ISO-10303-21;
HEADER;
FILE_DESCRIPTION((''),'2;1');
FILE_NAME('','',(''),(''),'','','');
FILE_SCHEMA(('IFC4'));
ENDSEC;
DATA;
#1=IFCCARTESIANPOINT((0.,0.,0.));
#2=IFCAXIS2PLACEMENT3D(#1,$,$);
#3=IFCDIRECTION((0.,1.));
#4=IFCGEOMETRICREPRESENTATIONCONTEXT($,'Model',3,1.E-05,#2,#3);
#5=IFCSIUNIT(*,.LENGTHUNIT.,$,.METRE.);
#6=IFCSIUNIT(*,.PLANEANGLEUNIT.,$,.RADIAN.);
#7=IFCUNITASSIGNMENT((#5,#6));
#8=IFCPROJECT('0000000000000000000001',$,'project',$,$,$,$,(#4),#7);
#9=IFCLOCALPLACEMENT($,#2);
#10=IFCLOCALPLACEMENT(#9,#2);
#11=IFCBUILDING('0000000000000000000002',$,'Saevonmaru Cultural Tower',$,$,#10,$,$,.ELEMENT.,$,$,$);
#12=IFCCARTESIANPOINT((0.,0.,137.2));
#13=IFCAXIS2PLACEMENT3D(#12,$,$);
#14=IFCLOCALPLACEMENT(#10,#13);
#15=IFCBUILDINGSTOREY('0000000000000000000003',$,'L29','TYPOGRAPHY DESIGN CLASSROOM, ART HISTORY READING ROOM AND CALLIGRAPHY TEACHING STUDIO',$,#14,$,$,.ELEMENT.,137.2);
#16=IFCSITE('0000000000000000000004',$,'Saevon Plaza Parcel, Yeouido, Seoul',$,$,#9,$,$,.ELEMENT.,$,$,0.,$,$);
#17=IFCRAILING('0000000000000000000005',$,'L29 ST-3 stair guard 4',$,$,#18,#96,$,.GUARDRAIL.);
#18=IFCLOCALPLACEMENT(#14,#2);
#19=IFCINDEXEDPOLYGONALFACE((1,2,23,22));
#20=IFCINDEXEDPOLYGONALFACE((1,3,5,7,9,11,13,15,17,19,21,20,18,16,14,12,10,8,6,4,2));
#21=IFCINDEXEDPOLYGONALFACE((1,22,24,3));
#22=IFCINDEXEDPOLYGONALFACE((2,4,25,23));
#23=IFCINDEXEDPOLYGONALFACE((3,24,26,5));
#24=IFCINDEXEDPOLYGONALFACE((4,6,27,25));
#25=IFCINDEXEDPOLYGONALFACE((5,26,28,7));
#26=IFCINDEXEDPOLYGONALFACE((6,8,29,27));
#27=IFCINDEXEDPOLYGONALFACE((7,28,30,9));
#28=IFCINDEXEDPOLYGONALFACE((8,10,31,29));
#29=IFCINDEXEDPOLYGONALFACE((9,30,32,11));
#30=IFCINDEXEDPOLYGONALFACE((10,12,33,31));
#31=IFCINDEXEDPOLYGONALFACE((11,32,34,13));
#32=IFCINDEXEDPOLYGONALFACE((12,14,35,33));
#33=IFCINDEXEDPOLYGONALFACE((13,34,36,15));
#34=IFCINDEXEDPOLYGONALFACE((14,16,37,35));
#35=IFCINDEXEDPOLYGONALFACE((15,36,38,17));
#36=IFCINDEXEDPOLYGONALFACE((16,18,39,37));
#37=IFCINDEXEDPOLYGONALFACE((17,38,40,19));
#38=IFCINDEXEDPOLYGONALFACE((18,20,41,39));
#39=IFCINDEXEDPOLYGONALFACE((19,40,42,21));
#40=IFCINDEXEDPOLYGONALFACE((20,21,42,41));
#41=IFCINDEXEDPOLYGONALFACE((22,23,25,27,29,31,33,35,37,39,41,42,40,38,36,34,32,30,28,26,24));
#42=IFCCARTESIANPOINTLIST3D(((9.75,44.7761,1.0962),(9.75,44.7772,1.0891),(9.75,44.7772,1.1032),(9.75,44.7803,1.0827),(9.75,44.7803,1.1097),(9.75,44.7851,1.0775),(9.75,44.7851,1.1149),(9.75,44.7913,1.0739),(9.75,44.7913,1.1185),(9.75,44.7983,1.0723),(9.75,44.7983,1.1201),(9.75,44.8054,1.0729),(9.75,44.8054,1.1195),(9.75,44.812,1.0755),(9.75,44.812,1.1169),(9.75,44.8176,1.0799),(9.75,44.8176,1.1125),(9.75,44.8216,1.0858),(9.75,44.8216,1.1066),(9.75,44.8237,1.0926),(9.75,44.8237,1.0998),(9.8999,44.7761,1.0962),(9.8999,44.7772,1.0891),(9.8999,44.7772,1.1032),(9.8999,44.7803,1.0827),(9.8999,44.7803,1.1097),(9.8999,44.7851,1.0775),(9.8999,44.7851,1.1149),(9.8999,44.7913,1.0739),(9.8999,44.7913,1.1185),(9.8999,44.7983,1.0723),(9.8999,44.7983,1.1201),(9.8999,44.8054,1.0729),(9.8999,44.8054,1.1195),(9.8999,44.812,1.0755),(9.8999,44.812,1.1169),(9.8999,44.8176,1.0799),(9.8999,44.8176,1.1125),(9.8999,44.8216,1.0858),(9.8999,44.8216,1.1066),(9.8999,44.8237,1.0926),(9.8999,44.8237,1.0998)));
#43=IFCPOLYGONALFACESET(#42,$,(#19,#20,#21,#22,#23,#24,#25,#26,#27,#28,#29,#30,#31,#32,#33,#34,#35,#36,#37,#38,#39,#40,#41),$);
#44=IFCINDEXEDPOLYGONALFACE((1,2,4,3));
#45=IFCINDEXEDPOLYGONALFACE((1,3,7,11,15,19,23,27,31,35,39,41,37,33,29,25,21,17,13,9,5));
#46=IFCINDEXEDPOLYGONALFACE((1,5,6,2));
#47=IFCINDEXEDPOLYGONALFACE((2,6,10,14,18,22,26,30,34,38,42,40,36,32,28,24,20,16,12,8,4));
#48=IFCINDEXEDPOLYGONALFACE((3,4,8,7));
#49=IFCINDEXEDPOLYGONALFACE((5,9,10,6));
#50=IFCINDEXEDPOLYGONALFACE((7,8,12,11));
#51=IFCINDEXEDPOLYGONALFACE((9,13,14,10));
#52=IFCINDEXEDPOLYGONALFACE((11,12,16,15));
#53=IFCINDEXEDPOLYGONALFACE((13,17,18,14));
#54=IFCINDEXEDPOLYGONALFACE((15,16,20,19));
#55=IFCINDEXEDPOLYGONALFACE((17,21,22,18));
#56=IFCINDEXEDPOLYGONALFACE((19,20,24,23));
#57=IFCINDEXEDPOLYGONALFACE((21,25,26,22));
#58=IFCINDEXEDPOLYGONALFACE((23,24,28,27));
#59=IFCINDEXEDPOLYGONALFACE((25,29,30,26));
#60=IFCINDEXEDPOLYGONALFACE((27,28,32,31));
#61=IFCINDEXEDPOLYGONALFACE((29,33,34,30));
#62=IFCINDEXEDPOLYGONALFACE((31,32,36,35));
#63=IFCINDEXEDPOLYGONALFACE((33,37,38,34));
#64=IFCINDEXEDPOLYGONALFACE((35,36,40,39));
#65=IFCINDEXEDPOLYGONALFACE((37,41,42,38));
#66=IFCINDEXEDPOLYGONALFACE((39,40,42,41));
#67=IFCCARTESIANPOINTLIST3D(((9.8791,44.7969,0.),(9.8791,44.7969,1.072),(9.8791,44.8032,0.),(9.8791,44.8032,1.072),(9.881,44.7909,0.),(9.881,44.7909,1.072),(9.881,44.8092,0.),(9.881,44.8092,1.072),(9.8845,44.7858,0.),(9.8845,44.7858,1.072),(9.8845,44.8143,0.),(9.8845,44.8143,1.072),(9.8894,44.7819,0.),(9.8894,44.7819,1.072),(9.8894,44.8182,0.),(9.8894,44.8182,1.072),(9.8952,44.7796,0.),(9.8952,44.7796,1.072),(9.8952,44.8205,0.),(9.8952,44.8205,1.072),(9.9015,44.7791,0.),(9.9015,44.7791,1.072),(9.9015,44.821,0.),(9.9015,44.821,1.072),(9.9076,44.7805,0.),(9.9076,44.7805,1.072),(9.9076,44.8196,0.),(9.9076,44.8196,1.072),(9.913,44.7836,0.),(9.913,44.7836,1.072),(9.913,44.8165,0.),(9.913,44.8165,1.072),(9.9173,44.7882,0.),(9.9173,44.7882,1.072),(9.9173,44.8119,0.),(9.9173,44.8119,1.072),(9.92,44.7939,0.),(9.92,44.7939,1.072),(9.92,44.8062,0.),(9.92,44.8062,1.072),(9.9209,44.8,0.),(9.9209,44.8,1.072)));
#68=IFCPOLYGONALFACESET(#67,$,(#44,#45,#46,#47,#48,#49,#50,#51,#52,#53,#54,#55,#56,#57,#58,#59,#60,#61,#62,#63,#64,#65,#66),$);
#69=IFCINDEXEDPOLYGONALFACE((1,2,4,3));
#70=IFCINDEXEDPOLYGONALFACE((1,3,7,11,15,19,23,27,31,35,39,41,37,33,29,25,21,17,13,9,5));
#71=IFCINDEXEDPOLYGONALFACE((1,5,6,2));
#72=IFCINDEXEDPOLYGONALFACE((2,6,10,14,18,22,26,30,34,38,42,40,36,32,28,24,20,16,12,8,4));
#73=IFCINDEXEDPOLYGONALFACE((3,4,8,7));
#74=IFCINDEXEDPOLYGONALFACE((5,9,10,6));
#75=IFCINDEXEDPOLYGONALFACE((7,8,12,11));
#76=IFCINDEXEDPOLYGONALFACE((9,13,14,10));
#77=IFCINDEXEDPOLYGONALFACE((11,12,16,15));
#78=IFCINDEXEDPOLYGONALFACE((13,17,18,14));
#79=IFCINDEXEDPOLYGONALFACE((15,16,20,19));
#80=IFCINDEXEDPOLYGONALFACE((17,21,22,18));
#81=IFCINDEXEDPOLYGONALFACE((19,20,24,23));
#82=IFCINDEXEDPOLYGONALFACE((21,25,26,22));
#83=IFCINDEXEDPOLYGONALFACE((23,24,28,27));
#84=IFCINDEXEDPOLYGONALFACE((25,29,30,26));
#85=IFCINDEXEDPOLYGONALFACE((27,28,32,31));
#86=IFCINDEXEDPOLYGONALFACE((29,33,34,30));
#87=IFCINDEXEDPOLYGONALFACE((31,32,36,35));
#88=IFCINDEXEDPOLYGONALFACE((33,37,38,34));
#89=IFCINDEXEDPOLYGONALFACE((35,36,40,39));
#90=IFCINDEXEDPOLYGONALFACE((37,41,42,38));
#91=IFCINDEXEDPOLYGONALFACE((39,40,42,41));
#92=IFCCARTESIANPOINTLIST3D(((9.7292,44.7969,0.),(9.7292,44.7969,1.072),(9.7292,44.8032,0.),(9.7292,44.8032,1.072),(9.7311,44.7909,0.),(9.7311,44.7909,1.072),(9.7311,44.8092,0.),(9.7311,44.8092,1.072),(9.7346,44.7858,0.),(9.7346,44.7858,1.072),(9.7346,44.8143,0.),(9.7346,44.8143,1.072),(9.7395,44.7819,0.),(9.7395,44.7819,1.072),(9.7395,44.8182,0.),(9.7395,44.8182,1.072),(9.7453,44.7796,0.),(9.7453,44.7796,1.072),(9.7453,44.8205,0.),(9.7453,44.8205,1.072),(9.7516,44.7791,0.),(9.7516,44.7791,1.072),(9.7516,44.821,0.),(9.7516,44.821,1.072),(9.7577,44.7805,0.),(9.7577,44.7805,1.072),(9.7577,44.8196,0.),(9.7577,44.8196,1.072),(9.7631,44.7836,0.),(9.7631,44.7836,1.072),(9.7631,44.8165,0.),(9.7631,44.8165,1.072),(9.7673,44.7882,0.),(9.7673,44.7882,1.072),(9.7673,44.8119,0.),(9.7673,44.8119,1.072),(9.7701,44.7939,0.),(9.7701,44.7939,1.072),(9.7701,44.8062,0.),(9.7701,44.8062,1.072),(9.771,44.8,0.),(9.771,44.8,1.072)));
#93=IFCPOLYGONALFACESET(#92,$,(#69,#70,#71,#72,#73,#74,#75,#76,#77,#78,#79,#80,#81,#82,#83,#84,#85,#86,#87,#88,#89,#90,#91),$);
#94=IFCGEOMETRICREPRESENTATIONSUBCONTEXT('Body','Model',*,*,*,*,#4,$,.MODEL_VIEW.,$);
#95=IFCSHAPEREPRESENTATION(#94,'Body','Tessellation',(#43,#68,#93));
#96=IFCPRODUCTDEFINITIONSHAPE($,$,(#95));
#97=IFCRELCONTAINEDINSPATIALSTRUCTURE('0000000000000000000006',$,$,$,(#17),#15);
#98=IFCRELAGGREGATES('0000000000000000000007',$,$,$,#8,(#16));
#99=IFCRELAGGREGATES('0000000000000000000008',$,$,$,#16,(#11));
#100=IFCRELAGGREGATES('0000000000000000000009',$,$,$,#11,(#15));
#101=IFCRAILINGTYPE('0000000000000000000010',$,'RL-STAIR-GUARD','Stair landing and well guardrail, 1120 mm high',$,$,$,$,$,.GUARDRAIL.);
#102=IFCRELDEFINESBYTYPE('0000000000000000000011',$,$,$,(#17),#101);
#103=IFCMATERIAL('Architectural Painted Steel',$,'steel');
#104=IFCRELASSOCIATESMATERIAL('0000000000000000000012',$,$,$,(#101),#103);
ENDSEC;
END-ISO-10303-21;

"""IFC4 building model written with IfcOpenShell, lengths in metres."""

from ifc_helpers import new_model, si_unit, direction, frame, origin, origin_2d, place, context, subcontext, project, spatial, circle, extrude, material, type_object, element, save


model = new_model("IFC4")

# Units and contexts
model_context = context("Model", 3, precision=1e-05, world=origin(), true_north=direction((0.0, 1.0)))
body_context = subcontext(model_context, "Body", "Model", "MODEL_VIEW")
ifc_project = project(units=[si_unit("LENGTHUNIT", "METRE"), si_unit("PLANEANGLEUNIT", "RADIAN")], contexts=[model_context])

# Site, building, storey
site_placement = place(None, origin())
site = spatial("IfcSite", under=ifc_project, at=site_placement, Name="Saevon Plaza Parcel, Yeouido, Seoul", CompositionType="ELEMENT", RefElevation=0.0)
building_placement = place(site_placement, origin())
building = spatial("IfcBuilding", under=site, at=building_placement, Name="Saevonmaru Cultural Tower", CompositionType="ELEMENT")
storey_placement = place(building_placement, frame((0.0, 0.0, 137.2)))
storey = spatial("IfcBuildingStorey", under=building, at=storey_placement, Name="L29", Description="TYPOGRAPHY DESIGN CLASSROOM, ART HISTORY READING ROOM AND CALLIGRAPHY TEACHING STUDIO", CompositionType="ELEMENT", Elevation=137.2)

# Railing
ifc_material_1 = material(Name="Architectural Painted Steel", Category="steel")
railing_type_1 = type_object("IfcRailingType", Name="RL-STAIR-GUARD", Description="Stair landing and well guardrail, 1120 mm high", PredefinedType="GUARDRAIL", material=ifc_material_1)
railing_1_placement = place(storey_placement, frame((9.8999, 44.8, 0.0)))
element("IfcRailing", 1, at=railing_1_placement, inside=storey, type_object=railing_type_1, Name="L29 ST-3 stair guard 4", PredefinedType="GUARDRAIL", context=body_context, shape_type="SweptSolid", body=[
    extrude(circle(Radius=0.0239, at=origin_2d()), frame((0.0, 0.0, 1.0962), z_axis=(-1.0, 0.0, 0.0), x_axis=(0.0, -1.0, 0.0)), (0.0, 0.0, 1.0), 0.1499),
    extrude(circle(Radius=0.021, at=origin_2d()), origin(), (0.0, 0.0, 1.0), 1.072),
    extrude(circle(Radius=0.021, at=origin_2d()), frame((-0.1499, 0.0, 0.0)), (0.0, 0.0, 1.0), 1.072),
])

save(model, "model.ifc")
